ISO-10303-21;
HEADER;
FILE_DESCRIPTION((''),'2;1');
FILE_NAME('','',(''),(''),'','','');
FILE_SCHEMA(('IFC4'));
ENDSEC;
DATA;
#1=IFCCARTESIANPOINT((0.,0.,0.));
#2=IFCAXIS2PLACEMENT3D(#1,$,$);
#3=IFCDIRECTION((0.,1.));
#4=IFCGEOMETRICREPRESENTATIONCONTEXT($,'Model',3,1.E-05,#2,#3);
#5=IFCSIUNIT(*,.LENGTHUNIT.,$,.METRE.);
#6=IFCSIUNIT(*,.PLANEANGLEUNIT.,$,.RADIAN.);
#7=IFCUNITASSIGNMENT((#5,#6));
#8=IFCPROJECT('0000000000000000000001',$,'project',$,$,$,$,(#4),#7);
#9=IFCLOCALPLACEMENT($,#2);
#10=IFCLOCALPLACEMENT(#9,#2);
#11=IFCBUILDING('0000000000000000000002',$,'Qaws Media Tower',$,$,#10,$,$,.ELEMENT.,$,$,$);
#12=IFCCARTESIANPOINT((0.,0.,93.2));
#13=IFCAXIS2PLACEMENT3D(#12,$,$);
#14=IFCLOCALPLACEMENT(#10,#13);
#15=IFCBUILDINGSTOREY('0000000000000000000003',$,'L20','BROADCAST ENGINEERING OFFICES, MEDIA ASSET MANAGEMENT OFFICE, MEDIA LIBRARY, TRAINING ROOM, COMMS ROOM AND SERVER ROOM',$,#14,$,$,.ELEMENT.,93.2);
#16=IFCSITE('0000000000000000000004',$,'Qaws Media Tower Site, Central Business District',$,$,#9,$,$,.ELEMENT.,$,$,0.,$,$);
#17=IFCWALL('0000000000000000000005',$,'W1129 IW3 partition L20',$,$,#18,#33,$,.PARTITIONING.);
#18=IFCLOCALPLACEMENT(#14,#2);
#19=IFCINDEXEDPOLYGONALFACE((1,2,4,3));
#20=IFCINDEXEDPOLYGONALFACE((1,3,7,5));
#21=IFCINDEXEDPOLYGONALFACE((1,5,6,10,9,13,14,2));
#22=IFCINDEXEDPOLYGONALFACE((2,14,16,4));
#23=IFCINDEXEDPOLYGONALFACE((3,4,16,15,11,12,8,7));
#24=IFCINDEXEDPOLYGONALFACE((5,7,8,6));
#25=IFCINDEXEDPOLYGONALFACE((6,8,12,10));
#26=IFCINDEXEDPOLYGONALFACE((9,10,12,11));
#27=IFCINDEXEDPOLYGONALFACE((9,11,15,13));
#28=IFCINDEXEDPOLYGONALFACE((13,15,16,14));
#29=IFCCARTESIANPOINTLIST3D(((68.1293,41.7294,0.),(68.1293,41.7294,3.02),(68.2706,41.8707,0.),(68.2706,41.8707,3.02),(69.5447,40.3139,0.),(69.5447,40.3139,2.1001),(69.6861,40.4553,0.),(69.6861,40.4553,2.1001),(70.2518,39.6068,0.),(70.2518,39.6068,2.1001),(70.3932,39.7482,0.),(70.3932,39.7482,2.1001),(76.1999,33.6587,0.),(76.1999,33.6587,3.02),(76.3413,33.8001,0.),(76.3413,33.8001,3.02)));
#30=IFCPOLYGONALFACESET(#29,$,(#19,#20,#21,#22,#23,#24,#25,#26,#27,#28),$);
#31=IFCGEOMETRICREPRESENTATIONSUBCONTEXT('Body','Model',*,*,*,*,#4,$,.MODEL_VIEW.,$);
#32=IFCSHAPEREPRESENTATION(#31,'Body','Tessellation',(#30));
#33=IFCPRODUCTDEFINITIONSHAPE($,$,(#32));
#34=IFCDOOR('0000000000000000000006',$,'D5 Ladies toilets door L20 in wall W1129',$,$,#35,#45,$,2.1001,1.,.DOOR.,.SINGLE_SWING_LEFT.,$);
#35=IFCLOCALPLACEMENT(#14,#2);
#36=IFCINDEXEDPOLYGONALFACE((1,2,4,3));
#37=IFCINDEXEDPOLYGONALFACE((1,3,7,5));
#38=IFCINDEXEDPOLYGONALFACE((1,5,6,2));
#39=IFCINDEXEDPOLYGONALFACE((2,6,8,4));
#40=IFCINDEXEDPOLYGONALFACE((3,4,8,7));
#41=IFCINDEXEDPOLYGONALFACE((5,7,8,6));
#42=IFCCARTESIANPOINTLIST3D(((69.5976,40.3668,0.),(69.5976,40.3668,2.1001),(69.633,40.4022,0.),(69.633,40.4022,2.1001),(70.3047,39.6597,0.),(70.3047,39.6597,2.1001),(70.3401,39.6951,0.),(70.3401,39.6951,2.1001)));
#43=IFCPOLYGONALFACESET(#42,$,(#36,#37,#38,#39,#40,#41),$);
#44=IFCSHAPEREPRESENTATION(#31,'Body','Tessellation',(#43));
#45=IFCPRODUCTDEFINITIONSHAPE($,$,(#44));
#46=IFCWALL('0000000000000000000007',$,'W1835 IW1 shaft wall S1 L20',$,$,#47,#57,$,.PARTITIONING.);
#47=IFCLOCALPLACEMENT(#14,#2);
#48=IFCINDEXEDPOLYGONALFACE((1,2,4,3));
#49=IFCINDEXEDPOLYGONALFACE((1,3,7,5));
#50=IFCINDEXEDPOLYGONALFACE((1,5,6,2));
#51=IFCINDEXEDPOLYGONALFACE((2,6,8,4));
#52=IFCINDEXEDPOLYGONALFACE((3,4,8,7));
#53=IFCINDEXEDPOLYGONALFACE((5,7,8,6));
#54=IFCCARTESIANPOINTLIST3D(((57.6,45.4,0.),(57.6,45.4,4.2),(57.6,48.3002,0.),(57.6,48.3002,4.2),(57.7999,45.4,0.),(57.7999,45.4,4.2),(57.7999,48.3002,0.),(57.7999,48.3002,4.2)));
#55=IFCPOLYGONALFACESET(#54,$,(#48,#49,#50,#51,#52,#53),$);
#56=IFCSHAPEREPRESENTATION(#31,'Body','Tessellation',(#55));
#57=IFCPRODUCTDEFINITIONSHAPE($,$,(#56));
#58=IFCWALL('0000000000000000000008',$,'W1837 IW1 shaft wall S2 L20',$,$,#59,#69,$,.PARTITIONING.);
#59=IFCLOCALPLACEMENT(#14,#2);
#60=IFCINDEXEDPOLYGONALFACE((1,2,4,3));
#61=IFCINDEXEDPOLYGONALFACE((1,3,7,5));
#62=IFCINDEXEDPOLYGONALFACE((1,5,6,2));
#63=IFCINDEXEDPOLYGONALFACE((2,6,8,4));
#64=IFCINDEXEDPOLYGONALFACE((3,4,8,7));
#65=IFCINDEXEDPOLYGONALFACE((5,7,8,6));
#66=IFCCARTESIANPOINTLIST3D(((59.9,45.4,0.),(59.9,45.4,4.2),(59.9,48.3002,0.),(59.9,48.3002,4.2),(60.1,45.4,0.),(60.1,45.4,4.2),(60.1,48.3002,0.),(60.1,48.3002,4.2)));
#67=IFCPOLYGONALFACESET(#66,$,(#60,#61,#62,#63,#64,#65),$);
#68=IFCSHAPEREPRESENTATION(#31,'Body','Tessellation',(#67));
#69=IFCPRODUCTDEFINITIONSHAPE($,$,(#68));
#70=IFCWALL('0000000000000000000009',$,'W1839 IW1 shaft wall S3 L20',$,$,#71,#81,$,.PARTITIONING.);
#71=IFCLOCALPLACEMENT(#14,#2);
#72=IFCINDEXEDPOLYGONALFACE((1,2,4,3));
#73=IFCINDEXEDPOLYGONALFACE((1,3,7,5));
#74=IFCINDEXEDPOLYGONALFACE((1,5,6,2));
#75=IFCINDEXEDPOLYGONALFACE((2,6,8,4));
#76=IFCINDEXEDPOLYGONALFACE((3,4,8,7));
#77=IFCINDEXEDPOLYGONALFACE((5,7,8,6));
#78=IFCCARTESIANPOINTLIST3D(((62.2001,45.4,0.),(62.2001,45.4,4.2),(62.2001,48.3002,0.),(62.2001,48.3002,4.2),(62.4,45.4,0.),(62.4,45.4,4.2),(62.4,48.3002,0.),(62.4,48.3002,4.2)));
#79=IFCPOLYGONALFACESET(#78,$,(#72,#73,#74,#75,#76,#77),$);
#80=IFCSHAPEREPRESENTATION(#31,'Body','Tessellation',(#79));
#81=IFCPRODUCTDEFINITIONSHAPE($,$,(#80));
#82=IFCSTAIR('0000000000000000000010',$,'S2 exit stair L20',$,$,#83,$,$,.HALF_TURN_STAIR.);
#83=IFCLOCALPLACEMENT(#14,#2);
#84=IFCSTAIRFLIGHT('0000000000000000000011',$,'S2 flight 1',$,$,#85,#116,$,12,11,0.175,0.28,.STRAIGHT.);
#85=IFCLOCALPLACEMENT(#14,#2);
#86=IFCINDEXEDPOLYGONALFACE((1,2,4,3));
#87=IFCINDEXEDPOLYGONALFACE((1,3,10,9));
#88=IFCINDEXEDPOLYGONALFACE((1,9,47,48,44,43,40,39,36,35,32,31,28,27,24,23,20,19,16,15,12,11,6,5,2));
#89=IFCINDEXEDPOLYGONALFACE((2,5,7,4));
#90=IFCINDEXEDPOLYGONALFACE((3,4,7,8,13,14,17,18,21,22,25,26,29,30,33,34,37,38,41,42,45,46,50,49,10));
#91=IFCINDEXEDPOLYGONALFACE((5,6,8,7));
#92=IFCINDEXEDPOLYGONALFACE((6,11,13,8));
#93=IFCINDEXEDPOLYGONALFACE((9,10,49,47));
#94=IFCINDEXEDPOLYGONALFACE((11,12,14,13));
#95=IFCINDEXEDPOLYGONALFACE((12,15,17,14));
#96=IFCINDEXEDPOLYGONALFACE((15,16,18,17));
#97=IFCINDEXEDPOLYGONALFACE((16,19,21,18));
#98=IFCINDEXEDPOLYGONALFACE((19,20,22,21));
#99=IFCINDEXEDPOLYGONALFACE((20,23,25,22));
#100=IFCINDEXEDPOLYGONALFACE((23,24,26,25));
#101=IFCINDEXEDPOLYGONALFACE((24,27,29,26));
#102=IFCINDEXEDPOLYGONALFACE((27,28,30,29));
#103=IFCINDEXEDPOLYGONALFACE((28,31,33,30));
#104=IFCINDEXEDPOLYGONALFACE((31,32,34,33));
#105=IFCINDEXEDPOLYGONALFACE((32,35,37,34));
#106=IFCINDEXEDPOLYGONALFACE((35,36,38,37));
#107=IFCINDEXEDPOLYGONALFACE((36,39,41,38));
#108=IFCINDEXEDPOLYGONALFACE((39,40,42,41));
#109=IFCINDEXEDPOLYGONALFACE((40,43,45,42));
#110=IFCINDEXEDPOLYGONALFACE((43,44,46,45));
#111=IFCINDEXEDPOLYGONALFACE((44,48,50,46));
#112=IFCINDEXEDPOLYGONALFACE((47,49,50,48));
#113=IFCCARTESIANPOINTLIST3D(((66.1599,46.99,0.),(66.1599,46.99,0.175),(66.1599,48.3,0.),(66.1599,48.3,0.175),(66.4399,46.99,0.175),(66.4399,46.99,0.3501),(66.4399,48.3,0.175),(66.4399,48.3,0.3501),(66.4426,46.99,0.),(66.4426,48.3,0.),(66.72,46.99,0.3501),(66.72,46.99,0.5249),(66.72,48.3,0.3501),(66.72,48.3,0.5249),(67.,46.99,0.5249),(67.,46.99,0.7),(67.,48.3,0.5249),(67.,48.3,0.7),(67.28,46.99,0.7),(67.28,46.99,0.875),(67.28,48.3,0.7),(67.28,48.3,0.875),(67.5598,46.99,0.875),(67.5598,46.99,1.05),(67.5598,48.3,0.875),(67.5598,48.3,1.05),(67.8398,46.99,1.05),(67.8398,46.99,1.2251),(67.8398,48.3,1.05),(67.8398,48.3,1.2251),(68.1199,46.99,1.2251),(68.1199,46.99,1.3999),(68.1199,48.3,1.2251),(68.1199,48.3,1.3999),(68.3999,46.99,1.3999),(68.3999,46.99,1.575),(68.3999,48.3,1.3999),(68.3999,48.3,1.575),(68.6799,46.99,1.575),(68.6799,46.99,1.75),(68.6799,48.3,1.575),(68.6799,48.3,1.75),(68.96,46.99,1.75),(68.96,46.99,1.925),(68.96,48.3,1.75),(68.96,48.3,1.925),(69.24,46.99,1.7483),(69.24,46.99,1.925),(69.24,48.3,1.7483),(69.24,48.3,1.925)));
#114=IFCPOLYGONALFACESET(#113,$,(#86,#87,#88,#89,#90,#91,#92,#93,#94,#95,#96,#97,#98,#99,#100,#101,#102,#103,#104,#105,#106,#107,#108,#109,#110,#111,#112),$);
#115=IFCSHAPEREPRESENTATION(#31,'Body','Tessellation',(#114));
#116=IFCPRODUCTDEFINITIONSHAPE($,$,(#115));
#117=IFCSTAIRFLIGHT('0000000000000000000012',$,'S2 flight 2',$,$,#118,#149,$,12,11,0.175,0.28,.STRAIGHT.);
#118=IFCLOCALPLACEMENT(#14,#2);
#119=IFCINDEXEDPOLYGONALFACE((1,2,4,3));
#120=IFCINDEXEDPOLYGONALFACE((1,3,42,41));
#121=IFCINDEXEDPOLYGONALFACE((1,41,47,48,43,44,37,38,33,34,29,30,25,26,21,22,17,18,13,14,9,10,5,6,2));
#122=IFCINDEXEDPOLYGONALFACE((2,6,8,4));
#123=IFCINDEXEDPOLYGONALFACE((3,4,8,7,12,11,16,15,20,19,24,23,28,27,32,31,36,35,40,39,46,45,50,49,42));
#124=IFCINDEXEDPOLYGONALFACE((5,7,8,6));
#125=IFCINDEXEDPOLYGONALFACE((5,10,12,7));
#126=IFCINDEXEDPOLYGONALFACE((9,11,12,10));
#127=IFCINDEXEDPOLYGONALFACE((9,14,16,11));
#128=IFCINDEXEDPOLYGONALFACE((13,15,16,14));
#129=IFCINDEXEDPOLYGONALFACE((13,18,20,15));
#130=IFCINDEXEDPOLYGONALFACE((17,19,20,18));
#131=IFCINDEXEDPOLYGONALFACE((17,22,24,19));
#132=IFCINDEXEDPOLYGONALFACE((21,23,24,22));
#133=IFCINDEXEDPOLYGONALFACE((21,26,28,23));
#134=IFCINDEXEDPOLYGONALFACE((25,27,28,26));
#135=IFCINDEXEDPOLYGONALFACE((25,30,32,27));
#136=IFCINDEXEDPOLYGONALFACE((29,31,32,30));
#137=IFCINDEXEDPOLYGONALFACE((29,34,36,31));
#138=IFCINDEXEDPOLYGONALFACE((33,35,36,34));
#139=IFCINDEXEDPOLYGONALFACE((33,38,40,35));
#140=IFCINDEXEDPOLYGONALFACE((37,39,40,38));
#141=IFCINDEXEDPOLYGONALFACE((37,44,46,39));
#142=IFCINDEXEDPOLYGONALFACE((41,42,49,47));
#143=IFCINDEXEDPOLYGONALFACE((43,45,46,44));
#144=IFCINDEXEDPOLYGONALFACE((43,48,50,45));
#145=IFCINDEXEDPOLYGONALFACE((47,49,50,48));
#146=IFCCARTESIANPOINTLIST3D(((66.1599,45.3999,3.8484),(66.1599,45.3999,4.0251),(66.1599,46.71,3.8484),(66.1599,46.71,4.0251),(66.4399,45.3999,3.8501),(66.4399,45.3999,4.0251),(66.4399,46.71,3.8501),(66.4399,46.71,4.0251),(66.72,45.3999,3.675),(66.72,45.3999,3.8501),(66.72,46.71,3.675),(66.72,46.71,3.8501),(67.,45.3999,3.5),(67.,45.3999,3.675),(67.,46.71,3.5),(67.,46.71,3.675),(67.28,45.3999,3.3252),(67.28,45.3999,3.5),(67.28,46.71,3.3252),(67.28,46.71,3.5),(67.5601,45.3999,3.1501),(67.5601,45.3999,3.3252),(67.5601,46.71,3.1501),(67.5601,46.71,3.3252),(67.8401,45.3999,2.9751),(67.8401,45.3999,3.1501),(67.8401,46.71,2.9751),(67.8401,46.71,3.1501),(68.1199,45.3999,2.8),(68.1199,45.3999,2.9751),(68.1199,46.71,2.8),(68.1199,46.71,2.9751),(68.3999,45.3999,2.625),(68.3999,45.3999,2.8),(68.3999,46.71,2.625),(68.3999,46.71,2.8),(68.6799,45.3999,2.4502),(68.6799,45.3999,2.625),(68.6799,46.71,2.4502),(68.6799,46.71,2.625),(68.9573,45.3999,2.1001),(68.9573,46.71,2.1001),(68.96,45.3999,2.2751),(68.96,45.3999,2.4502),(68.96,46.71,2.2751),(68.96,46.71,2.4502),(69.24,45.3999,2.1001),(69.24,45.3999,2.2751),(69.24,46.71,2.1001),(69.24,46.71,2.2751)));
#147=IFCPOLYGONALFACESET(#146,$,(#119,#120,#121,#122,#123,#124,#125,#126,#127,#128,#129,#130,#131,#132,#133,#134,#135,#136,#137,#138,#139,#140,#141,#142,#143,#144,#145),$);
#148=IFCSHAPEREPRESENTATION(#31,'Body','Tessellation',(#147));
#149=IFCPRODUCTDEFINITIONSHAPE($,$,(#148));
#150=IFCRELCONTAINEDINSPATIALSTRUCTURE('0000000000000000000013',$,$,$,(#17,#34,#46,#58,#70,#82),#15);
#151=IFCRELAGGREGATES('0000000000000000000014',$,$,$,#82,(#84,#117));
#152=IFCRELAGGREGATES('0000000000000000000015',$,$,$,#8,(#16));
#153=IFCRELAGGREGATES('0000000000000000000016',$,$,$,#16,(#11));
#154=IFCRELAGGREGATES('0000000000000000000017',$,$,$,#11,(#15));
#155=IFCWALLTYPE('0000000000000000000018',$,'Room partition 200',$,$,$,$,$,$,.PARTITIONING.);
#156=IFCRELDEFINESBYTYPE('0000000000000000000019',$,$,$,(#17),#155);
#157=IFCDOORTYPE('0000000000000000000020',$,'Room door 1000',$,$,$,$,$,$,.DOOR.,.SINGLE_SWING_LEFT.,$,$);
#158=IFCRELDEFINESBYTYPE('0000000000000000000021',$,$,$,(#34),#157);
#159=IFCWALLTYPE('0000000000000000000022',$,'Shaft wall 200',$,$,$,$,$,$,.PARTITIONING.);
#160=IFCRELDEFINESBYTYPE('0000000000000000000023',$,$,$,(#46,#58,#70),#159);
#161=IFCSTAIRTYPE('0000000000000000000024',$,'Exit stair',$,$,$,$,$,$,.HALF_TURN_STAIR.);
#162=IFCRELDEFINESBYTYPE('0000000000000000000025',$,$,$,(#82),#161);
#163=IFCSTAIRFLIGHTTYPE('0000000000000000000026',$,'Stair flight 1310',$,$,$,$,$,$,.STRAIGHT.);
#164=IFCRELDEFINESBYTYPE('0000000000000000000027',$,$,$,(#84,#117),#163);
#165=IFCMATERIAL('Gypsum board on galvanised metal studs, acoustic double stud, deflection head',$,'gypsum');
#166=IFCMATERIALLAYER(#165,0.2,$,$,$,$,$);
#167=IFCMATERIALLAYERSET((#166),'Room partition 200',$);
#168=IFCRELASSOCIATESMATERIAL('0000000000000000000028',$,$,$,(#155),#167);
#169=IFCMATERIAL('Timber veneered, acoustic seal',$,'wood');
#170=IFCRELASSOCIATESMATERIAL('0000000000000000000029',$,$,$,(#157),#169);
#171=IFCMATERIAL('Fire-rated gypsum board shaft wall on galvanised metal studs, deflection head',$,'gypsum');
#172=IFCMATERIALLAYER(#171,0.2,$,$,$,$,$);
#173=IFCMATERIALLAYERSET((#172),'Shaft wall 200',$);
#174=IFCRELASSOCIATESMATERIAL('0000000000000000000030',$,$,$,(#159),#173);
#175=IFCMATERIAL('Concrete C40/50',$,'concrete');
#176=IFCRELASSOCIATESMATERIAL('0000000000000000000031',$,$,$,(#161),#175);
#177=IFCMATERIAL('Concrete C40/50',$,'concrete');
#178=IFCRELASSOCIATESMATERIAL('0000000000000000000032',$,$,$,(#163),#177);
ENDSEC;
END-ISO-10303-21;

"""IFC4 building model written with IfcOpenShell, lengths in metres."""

from ifc_helpers import new_model, si_unit, direction, frame, frame_2d, origin, place, context, subcontext, project, spatial, polyline, rectangle, outline, extrude, material, layer, layer_set, type_object, element, fill, aggregate, save


model = new_model("IFC4")

# Units and contexts
model_context = context("Model", 3, precision=1e-05, world=origin(), true_north=direction((0.0, 1.0)))
body_context = subcontext(model_context, "Body", "Model", "MODEL_VIEW")
ifc_project = project(units=[si_unit("LENGTHUNIT", "METRE"), si_unit("PLANEANGLEUNIT", "RADIAN")], contexts=[model_context])

# Site, building, storey
site_placement = place(None, origin())
site = spatial("IfcSite", under=ifc_project, at=site_placement, Name="Qaws Media Tower Site, Central Business District", CompositionType="ELEMENT", RefElevation=0.0)
building_placement = place(site_placement, origin())
building = spatial("IfcBuilding", under=site, at=building_placement, Name="Qaws Media Tower", CompositionType="ELEMENT")
storey_placement = place(building_placement, frame((0.0, 0.0, 93.2)))
storey = spatial("IfcBuildingStorey", under=building, at=storey_placement, Name="L20", Description="BROADCAST ENGINEERING OFFICES, MEDIA ASSET MANAGEMENT OFFICE, MEDIA LIBRARY, TRAINING ROOM, COMMS ROOM AND SERVER ROOM", CompositionType="ELEMENT", Elevation=93.2)

# Shared definitions
ifc_material_1 = material(Name="Gypsum board on galvanised metal studs, acoustic double stud, deflection head", Category="gypsum")
ifc_layer_1 = layer(ifc_material_1, 0.2)
ifc_layer_set_1 = layer_set([ifc_layer_1], Name="Room partition 200")
wall_type_1 = type_object("IfcWallType", Name="Room partition 200", PredefinedType="PARTITIONING", material=ifc_layer_set_1)

# Shared definitions
ifc_material_2 = material(Name="Timber veneered, acoustic seal", Category="wood")
door_type = type_object("IfcDoorType", Name="Room door 1000", OperationType="SINGLE_SWING_LEFT", PredefinedType="DOOR", material=ifc_material_2)

# Wall, opening, door
wall_1_placement = place(storey_placement, frame((68.2, 41.8, 0.0), z_axis=(0.0, 0.0, 1.0), x_axis=(0.707107, -0.707107, 0.0)))
wall_1 = element("IfcWall", 1, at=wall_1_placement, inside=storey, type_object=wall_type_1, Name="W1129 IW3 partition L20", PredefinedType="PARTITIONING", context=body_context, shape_type="SweptSolid", body=[
    extrude(rectangle(XDim=11.4136, YDim=0.2, at=frame_2d((5.7068, 0.0))), origin(), (0.0, 0.0, 1.0), 3.02),
])
opening_1_placement = place(wall_1_placement, frame((2.0017, 0.0, 0.0)))
opening_1 = element("IfcOpeningElement", 2, at=opening_1_placement, cuts=wall_1, PredefinedType="OPENING", context=body_context, shape_type="SweptSolid", body=[
    extrude(rectangle(XDim=1.0, YDim=2.1001, at=frame_2d((0.5, 1.05))), frame((0.0, 0.1099, 0.0), z_axis=(0.0, -1.0, 0.0), x_axis=(1.0, 0.0, 0.0)), (0.0, 0.0, 1.0), 0.22),
])
door_1_placement = place(opening_1_placement, origin())
door_1 = element("IfcDoor", 3, at=door_1_placement, inside=storey, type_object=door_type, Name="D5 Ladies toilets door L20 in wall W1129", OperationType="SINGLE_SWING_LEFT", OverallHeight=2.1001, OverallWidth=1.0, PredefinedType="DOOR", context=body_context, shape_type="SweptSolid", body=[
    extrude(rectangle(XDim=1.0, YDim=2.1001, at=frame_2d((0.5, 1.05))), frame((0.0, 0.0249, 0.0), z_axis=(0.0, -1.0, 0.0), x_axis=(1.0, 0.0, 0.0)), (0.0, 0.0, 1.0), 0.05),
])
fill(opening_1, door_1)

# Walls
ifc_material_3 = material(Name="Fire-rated gypsum board shaft wall on galvanised metal studs, deflection head", Category="gypsum")
ifc_layer_2 = layer(ifc_material_3, 0.2)
ifc_layer_set_2 = layer_set([ifc_layer_2], Name="Shaft wall 200")
wall_type_2 = type_object("IfcWallType", Name="Shaft wall 200", PredefinedType="PARTITIONING", material=ifc_layer_set_2)
for number, where, z_axis, x_axis, name in (
    (4, (57.7, 45.3999, 0.0), (0.0, 0.0, 1.0), (0.0, 1.0, 0.0), "W1835 IW1 shaft wall S1 L20"),
    (5, (60.0, 45.3999, 0.0), (0.0, 0.0, 1.0), (0.0, 1.0, 0.0), "W1837 IW1 shaft wall S2 L20"),
    (6, (62.3, 45.3999, 0.0), (0.0, 0.0, 1.0), (0.0, 1.0, 0.0), "W1839 IW1 shaft wall S3 L20"),
):
    element("IfcWall", number, at=place(storey_placement, frame(where, z_axis=z_axis, x_axis=x_axis)), inside=storey, type_object=wall_type_2, Name=name, PredefinedType="PARTITIONING", context=body_context, shape_type="SweptSolid", body=[
        extrude(rectangle(XDim=2.9001, YDim=0.2, at=frame_2d((1.4502, 0.0))), origin(), (0.0, 0.0, 1.0), 4.2),
    ])

# Stair, stair flights
ifc_material_4 = material(Name="Concrete C40/50", Category="concrete")
stair_type = type_object("IfcStairType", Name="Exit stair", PredefinedType="HALF_TURN_STAIR", material=ifc_material_4)
stair_placement = place(storey_placement, origin())
stair = element("IfcStair", 7, at=stair_placement, inside=storey, type_object=stair_type, Name="S2 exit stair L20", PredefinedType="HALF_TURN_STAIR")
ifc_material_5 = material(Name="Concrete C40/50", Category="concrete")
stair_flight_type = type_object("IfcStairFlightType", Name="Stair flight 1310", PredefinedType="STRAIGHT", material=ifc_material_5)
stair_flight_1_placement = place(storey_placement, frame((66.1599, 47.645, 0.0), z_axis=(0.0, 0.0, 1.0), x_axis=(1.0, 0.0, 0.0)))
stair_flight_1 = element("IfcStairFlight", 8, at=stair_flight_1_placement, type_object=stair_flight_type, Name="S2 flight 1", NumberOfRisers=12, NumberOfTreads=11, PredefinedType="STRAIGHT", RiserHeight=0.175, TreadLength=0.28, context=body_context, shape_type="SweptSolid", body=[
    extrude(outline(polyline([(0.0, 0.0), (0.0, 0.175), (0.28, 0.175), (0.28, 0.3501), (0.5601, 0.3501), (0.5601, 0.5249), (0.8401, 0.5249), (0.8401, 0.7), (1.1201, 0.7), (1.1201, 0.875), (1.3999, 0.875), (1.3999, 1.05), (1.6799, 1.05), (1.6799, 1.2251), (1.96, 1.2251), (1.96, 1.3999), (2.24, 1.3999), (2.24, 1.575), (2.52, 1.575), (2.52, 1.75), (2.8, 1.75), (2.8, 1.925), (3.0801, 1.925), (3.0801, 2.1001), (3.0801, 1.7483), (0.2827, 0.0), (0.0, 0.0)])), frame((0.0, 0.655, 0.0), z_axis=(0.0, -1.0, 0.0), x_axis=(1.0, 0.0, 0.0)), (0.0, 0.0, 1.0), 1.3101),
])
stair_flight_2_placement = place(storey_placement, frame((69.24, 46.0549, 2.1001), z_axis=(0.0, 0.0, 1.0), x_axis=(-1.0, 0.0, 0.0)))
stair_flight_2 = element("IfcStairFlight", 9, at=stair_flight_2_placement, type_object=stair_flight_type, Name="S2 flight 2", NumberOfRisers=12, NumberOfTreads=11, PredefinedType="STRAIGHT", RiserHeight=0.175, TreadLength=0.28, context=body_context, shape_type="SweptSolid", body=[
    extrude(outline(polyline([(0.0, 0.0), (0.0, 0.175), (0.28, 0.175), (0.28, 0.3501), (0.5601, 0.3501), (0.5601, 0.5249), (0.8401, 0.5249), (0.8401, 0.7), (1.1201, 0.7), (1.1201, 0.875), (1.3999, 0.875), (1.3999, 1.05), (1.6799, 1.05), (1.6799, 1.2251), (1.96, 1.2251), (1.96, 1.3999), (2.24, 1.3999), (2.24, 1.575), (2.52, 1.575), (2.52, 1.75), (2.8, 1.75), (2.8, 1.925), (3.0801, 1.925), (3.0801, 2.1001), (3.0801, 1.7483), (0.2827, 0.0), (0.0, 0.0)])), frame((0.0, 0.655, 0.0), z_axis=(0.0, -1.0, 0.0), x_axis=(1.0, 0.0, 0.0)), (0.0, 0.0, 1.0), 1.3101),
])
aggregate(stair, [stair_flight_1, stair_flight_2])

save(model, "model.ifc")
